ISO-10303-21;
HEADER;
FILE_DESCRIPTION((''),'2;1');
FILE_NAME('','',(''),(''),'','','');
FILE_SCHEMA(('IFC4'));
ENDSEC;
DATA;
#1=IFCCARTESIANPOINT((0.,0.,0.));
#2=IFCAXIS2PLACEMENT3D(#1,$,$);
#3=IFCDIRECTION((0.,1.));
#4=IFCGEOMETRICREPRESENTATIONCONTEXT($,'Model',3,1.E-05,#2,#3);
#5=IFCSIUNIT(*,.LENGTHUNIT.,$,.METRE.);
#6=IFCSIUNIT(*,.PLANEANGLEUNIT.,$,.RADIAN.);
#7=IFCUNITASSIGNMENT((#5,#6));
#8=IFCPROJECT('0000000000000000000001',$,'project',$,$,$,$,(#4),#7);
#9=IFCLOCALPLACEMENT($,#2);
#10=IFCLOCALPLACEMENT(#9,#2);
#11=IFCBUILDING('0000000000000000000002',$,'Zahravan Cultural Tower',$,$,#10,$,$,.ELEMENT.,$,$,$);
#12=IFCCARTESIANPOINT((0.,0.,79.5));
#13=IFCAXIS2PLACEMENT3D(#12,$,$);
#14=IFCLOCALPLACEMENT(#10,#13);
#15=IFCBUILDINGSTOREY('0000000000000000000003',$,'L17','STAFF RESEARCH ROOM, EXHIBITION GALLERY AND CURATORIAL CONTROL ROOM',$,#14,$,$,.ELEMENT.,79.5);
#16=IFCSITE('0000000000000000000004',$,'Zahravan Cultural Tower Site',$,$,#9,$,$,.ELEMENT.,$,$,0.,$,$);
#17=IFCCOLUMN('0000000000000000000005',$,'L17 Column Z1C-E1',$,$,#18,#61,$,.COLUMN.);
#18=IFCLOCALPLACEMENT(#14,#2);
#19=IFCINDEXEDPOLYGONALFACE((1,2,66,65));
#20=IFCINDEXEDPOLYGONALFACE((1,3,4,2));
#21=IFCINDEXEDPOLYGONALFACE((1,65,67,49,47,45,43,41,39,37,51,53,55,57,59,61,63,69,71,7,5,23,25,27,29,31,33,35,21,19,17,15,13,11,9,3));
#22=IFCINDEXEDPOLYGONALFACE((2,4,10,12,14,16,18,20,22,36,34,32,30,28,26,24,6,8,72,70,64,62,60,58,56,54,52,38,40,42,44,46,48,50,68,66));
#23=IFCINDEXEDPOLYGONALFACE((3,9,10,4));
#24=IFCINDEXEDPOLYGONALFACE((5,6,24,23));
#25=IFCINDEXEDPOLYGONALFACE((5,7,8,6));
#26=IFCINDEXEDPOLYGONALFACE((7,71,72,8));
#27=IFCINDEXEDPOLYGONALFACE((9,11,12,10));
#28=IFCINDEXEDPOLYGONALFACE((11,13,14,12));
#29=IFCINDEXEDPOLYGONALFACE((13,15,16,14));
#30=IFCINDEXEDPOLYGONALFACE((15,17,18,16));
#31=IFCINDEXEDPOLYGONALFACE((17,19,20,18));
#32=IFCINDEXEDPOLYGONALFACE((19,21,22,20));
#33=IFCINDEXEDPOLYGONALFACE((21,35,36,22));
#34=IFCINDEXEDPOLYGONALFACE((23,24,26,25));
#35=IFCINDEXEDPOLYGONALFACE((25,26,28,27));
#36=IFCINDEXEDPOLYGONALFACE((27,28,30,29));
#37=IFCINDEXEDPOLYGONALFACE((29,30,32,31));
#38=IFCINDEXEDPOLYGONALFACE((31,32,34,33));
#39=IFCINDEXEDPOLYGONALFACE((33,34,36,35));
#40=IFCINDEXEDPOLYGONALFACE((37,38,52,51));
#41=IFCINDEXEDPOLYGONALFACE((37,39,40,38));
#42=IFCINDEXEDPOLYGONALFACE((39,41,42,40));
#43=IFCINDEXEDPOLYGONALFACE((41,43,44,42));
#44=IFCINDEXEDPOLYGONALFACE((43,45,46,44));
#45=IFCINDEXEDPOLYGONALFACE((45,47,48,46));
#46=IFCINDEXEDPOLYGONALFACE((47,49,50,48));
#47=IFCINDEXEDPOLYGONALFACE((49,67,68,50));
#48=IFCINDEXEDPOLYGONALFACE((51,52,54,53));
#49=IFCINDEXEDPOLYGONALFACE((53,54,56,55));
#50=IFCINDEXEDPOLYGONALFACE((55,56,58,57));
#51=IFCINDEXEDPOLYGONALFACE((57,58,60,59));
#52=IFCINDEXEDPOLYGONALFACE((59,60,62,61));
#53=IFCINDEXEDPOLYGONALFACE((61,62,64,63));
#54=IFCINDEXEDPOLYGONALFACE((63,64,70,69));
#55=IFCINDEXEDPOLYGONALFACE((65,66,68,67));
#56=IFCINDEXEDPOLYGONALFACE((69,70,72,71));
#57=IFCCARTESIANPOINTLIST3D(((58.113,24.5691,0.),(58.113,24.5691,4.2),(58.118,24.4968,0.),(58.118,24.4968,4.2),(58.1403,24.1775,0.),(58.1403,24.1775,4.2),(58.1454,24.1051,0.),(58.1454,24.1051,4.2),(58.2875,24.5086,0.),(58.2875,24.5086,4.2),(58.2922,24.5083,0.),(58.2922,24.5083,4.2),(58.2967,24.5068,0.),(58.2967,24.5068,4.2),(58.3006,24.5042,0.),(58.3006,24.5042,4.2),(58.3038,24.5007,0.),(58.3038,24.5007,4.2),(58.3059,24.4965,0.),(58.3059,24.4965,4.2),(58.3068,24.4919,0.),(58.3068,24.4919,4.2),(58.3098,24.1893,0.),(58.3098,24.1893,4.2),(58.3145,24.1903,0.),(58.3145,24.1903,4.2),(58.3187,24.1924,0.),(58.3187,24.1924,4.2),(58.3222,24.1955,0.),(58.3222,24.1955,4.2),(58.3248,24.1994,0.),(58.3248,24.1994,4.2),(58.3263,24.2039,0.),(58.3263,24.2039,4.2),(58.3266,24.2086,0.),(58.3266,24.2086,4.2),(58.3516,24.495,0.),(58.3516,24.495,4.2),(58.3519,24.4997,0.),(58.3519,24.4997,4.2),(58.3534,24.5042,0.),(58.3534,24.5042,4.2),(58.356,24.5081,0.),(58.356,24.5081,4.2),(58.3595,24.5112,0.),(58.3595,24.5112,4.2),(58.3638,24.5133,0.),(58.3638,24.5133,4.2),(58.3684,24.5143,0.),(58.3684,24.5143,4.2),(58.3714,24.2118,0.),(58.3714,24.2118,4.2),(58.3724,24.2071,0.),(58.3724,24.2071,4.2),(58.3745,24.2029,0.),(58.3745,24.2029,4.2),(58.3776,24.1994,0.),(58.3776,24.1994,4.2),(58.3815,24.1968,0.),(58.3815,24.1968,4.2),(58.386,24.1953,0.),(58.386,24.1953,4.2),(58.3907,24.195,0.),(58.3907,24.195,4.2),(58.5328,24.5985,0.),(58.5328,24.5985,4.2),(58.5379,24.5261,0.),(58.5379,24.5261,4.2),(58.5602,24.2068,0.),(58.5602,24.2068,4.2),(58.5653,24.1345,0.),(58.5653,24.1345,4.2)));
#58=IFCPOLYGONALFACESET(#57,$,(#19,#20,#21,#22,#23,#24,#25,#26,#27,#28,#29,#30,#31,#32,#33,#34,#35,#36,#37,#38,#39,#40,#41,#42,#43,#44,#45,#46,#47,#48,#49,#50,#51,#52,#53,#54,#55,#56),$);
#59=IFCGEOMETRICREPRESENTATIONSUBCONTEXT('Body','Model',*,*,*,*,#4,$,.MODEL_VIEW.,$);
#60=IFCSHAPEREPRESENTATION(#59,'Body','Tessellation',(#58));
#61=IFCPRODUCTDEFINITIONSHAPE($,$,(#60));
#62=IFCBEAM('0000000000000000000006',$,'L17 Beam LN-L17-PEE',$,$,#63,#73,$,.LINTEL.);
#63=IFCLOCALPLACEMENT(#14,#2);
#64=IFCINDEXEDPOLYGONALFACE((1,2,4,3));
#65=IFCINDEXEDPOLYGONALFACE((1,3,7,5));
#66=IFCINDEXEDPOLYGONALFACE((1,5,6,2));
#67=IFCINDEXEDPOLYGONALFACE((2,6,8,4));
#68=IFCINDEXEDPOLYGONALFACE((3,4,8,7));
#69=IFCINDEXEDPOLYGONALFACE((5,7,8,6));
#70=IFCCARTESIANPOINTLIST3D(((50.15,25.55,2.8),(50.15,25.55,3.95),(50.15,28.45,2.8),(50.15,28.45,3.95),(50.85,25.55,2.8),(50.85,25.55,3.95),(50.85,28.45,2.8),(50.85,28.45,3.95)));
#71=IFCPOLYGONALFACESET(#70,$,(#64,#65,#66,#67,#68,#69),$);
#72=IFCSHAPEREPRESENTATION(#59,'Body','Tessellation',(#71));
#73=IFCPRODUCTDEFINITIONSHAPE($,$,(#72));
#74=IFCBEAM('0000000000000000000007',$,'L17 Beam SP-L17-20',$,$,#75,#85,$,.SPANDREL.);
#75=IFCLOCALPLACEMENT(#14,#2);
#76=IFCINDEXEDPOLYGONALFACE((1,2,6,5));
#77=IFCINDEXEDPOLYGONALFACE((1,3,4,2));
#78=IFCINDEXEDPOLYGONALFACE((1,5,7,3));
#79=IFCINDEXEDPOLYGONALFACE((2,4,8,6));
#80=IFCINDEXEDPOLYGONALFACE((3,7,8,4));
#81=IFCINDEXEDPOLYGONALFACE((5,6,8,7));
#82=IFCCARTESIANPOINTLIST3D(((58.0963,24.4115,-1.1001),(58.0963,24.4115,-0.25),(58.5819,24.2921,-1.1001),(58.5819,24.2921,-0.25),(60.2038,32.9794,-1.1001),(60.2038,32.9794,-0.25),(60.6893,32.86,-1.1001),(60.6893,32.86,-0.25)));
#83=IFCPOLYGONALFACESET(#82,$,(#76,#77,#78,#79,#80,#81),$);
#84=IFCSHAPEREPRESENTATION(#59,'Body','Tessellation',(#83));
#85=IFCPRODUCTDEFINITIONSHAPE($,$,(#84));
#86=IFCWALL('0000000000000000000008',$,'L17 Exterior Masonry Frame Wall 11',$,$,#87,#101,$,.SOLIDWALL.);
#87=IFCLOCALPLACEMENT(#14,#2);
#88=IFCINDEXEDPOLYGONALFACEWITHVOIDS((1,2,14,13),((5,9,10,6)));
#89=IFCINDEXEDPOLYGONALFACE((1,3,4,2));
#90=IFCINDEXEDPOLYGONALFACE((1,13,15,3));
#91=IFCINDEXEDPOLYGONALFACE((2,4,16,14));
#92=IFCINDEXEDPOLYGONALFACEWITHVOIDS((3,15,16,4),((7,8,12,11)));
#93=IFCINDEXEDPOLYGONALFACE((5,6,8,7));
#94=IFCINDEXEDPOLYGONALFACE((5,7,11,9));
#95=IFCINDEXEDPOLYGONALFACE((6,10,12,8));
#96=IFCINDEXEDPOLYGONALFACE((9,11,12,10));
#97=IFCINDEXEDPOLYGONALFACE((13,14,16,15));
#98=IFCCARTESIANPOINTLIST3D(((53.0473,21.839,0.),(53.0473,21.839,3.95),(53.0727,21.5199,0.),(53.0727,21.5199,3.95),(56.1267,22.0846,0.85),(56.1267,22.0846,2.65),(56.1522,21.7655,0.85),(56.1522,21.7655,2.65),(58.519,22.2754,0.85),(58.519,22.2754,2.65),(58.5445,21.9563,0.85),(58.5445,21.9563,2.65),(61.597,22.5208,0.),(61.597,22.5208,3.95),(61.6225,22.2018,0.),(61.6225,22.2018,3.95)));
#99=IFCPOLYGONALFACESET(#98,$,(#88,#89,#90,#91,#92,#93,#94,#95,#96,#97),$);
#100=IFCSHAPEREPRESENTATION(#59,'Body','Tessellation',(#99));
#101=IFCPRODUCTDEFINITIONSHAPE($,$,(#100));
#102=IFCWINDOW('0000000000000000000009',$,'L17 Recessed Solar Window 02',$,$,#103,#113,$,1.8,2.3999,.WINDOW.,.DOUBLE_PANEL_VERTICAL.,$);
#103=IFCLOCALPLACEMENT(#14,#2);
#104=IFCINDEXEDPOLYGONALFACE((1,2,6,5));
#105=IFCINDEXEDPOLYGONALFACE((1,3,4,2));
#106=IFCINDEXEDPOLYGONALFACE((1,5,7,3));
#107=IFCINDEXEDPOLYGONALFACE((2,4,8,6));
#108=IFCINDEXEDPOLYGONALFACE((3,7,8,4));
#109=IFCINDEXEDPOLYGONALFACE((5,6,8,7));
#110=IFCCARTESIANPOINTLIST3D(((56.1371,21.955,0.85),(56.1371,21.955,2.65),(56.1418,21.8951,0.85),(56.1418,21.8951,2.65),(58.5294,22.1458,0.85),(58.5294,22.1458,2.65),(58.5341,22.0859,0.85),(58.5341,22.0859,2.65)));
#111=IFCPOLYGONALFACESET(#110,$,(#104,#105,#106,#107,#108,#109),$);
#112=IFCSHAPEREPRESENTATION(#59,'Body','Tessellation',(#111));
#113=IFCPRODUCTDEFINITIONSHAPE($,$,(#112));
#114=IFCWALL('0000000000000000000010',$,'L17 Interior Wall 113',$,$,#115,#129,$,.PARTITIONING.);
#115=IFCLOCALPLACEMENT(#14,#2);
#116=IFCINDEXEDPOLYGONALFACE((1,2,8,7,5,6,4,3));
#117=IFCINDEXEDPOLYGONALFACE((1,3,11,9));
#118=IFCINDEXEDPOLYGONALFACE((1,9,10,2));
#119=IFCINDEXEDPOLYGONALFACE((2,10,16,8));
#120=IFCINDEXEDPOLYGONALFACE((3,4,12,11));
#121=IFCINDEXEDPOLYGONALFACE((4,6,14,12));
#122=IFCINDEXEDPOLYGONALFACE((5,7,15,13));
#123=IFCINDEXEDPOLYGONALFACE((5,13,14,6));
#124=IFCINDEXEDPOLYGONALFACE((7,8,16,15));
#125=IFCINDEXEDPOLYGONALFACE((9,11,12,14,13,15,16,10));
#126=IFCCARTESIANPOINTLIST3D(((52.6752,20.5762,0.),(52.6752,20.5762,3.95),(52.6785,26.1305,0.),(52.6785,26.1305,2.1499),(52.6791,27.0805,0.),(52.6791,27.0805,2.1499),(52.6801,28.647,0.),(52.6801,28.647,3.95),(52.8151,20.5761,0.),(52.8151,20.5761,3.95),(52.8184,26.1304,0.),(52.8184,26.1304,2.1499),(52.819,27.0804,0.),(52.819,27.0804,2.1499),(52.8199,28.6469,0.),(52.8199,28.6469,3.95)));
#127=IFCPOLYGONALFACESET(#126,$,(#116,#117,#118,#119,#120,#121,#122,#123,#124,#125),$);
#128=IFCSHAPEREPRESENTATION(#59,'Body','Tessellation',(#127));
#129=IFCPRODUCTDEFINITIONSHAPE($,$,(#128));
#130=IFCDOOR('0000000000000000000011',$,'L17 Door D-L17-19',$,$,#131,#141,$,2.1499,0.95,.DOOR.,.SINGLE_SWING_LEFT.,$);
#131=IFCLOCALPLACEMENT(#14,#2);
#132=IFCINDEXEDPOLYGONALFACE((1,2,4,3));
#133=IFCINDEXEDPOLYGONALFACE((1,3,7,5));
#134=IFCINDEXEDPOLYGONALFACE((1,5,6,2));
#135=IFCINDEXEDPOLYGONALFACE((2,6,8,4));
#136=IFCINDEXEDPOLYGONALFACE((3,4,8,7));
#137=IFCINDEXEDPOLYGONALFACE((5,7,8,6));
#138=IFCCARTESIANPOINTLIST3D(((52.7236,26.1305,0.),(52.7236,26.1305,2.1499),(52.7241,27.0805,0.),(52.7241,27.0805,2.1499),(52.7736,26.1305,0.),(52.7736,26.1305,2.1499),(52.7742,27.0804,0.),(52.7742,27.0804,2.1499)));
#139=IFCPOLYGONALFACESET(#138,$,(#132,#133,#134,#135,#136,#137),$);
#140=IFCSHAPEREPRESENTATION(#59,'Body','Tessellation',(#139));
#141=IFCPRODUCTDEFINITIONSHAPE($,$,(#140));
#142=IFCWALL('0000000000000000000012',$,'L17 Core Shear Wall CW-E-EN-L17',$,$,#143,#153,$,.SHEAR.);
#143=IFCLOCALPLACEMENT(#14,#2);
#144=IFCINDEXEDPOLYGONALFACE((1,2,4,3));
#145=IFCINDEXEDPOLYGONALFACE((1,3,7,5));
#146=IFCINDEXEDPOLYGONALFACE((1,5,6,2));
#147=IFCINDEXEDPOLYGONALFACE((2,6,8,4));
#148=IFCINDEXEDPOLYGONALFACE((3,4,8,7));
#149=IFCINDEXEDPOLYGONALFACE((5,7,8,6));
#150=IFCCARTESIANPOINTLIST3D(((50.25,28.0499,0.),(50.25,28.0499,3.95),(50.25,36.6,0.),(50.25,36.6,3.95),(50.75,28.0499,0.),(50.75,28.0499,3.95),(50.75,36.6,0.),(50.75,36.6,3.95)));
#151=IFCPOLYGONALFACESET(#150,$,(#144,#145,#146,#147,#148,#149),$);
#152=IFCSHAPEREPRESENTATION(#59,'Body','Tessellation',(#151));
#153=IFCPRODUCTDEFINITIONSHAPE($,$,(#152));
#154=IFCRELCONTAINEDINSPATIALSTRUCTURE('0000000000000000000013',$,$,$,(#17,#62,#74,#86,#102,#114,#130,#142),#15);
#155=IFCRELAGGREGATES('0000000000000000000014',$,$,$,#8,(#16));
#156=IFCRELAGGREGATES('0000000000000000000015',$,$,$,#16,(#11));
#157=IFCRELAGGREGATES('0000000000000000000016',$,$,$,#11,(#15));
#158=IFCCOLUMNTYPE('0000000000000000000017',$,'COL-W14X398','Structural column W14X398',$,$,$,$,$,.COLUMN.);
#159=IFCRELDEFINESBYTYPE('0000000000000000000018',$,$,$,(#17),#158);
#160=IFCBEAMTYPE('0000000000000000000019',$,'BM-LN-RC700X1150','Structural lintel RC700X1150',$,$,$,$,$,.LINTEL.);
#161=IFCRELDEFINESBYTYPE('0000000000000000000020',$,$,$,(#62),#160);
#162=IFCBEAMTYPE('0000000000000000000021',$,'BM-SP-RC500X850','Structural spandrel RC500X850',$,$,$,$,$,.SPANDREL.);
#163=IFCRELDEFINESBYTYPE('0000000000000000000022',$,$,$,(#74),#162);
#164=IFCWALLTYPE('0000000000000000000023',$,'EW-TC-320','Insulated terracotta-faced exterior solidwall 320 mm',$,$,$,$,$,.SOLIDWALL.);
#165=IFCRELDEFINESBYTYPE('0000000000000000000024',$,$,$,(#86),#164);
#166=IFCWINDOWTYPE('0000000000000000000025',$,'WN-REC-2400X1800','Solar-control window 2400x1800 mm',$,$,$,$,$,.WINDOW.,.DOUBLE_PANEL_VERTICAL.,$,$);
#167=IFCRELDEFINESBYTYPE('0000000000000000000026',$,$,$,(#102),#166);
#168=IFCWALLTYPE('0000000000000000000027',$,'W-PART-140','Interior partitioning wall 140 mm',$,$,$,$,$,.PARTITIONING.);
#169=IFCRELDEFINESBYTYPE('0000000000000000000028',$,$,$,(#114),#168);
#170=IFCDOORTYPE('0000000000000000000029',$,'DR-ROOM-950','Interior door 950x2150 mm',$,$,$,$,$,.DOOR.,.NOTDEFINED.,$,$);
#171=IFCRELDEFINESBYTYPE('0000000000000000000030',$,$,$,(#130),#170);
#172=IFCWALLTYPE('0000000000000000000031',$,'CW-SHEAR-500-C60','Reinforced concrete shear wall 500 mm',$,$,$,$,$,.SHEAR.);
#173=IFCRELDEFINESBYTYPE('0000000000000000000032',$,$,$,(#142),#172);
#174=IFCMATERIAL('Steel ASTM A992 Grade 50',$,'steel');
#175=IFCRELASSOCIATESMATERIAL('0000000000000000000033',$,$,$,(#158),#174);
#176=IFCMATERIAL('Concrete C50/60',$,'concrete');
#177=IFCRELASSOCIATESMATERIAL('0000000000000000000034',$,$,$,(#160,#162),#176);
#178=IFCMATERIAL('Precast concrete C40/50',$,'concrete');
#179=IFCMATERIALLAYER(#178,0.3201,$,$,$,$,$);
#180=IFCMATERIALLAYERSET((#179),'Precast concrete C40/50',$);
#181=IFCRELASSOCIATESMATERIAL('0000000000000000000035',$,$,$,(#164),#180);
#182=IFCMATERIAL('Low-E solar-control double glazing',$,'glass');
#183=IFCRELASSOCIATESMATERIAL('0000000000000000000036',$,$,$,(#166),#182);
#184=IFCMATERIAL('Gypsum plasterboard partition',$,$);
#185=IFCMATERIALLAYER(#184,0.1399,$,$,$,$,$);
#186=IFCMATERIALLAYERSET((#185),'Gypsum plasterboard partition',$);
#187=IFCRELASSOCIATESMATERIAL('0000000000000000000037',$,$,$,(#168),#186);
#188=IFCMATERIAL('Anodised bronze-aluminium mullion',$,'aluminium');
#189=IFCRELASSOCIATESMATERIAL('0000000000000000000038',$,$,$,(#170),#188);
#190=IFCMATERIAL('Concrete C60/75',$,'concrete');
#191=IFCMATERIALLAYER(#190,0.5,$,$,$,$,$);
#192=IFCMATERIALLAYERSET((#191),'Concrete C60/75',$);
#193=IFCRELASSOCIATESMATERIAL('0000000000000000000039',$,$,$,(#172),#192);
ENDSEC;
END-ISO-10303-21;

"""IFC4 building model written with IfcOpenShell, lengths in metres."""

from ifc_helpers import new_model, si_unit, direction, frame, frame_2d, origin, origin_2d, place, context, subcontext, project, spatial, rectangle, i_section, extrude, source, transform, mapped, material, layer, layer_set, material_profile, profile_set, type_object, element, fill, save


model = new_model("IFC4")

# Units and contexts
model_context = context("Model", 3, precision=1e-05, world=origin(), true_north=direction((0.0, 1.0)))
body_context = subcontext(model_context, "Body", "Model", "MODEL_VIEW")
ifc_project = project(units=[si_unit("LENGTHUNIT", "METRE"), si_unit("PLANEANGLEUNIT", "RADIAN")], contexts=[model_context])

# Site, building, storey
site_placement = place(None, origin())
site = spatial("IfcSite", under=ifc_project, at=site_placement, Name="Zahravan Cultural Tower Site", CompositionType="ELEMENT", RefElevation=0.0)
building_placement = place(site_placement, origin())
building = spatial("IfcBuilding", under=site, at=building_placement, Name="Zahravan Cultural Tower", CompositionType="ELEMENT")
storey_placement = place(building_placement, frame((0.0, 0.0, 79.5)))
storey = spatial("IfcBuildingStorey", under=building, at=storey_placement, Name="L17", Description="STAFF RESEARCH ROOM, EXHIBITION GALLERY AND CURATORIAL CONTROL ROOM", CompositionType="ELEMENT", Elevation=79.5)

# Column
ifc_material_1 = material(Name="Steel ASTM A992 Grade 50", Category="steel")
ifc_material_profile_1 = material_profile(ifc_material_1, i_section(OverallWidth=0.4209, OverallDepth=0.4651, WebThickness=0.0449, FlangeThickness=0.0725, FilletRadius=0.0181, at=origin_2d()), Name="W14X398")
ifc_profile_set_1 = profile_set([ifc_material_profile_1], Name="Steel ASTM A992 Grade 50")
column_type = type_object("IfcColumnType", Name="COL-W14X398", Description="Structural column W14X398", PredefinedType="COLUMN", material=ifc_profile_set_1)
shared_shape_1 = source(origin(), body_context, "Body", "SweptSolid", [
    extrude(i_section(OverallWidth=0.4209, OverallDepth=0.4651, WebThickness=0.0449, FlangeThickness=0.0725, FilletRadius=0.0181, at=origin_2d()), origin(), (0.0, 0.0, 1.0), 4.2),
])
column_placement = place(storey_placement, frame((58.3391, 24.3518, 0.0), z_axis=(0.0, 0.0, 1.0), x_axis=(0.997564, 0.069756, 0.0)))
element("IfcColumn", 1, at=column_placement, inside=storey, type_object=column_type, Name="L17 Column Z1C-E1", PredefinedType="COLUMN", context=body_context, shape_type="MappedRepresentation", body=[
    mapped(shared_shape_1, transform((0.0, 0.0, 0.0), x_axis=(1.0, 0.0, 0.0), y_axis=(0.0, 1.0, 0.0), z_axis=(0.0, 0.0, 1.0), scale=1.0)),
])

# Beams
ifc_material_2 = material(Name="Concrete C50/60", Category="concrete")
ifc_material_profile_2 = material_profile(ifc_material_2, rectangle(XDim=0.7, YDim=1.1499, at=origin_2d()), Name="RC700X1150")
ifc_profile_set_2 = profile_set([ifc_material_profile_2], Name="Concrete C50/60")
beam_type_1 = type_object("IfcBeamType", Name="BM-LN-RC700X1150", Description="Structural lintel RC700X1150", PredefinedType="LINTEL", material=ifc_profile_set_2)
shared_shape_2 = source(origin(), body_context, "Body", "SweptSolid", [
    extrude(rectangle(XDim=0.7, YDim=1.1499, at=origin_2d()), origin(), (0.0, 0.0, 1.0), 2.8999),
])
beam_1_placement = place(storey_placement, frame((50.5, 25.55, 3.375), z_axis=(0.0, 1.0, 0.0), x_axis=(-1.0, 0.0, 0.0)))
element("IfcBeam", 2, at=beam_1_placement, inside=storey, type_object=beam_type_1, Name="L17 Beam LN-L17-PEE", PredefinedType="LINTEL", context=body_context, shape_type="MappedRepresentation", body=[
    mapped(shared_shape_2, transform((0.0, 0.0, 0.0), x_axis=(1.0, 0.0, 0.0), y_axis=(0.0, 1.0, 0.0), z_axis=(0.0, 0.0, 1.0), scale=1.0)),
])
ifc_material_profile_3 = material_profile(ifc_material_2, rectangle(XDim=0.5, YDim=0.8501, at=origin_2d()), Name="RC500X850")
ifc_profile_set_3 = profile_set([ifc_material_profile_3], Name="Concrete C50/60")
beam_type_2 = type_object("IfcBeamType", Name="BM-SP-RC500X850", Description="Structural spandrel RC500X850", PredefinedType="SPANDREL", material=ifc_profile_set_3)
shared_shape_3 = source(origin(), body_context, "Body", "SweptSolid", [
    extrude(rectangle(XDim=0.5, YDim=0.8501, at=origin_2d()), origin(), (0.0, 0.0, 1.0), 8.8232),
])
beam_2_placement = place(storey_placement, frame((58.3391, 24.3518, -0.675), z_axis=(0.238849, 0.971057, 0.0), x_axis=(-0.971057, 0.238849, 0.0)))
element("IfcBeam", 3, at=beam_2_placement, inside=storey, type_object=beam_type_2, Name="L17 Beam SP-L17-20", PredefinedType="SPANDREL", context=body_context, shape_type="MappedRepresentation", body=[
    mapped(shared_shape_3, transform((0.0, 0.0, 0.0), x_axis=(1.0, 0.0, 0.0), y_axis=(0.0, 1.0, 0.0), z_axis=(0.0, 0.0, 1.0), scale=1.0)),
])

# Wall, opening, window
ifc_material_3 = material(Name="Precast concrete C40/50", Category="concrete")
ifc_layer_1 = layer(ifc_material_3, 0.3201)
ifc_layer_set_1 = layer_set([ifc_layer_1], Name="Precast concrete C40/50")
wall_type_1 = type_object("IfcWallType", Name="EW-TC-320", Description="Insulated terracotta-faced exterior solidwall 320 mm", PredefinedType="SOLIDWALL", material=ifc_layer_set_1)
wall_1_placement = place(storey_placement, frame((61.6099, 22.3613, 0.0), z_axis=(0.0, 0.0, 1.0), x_axis=(-0.996835, -0.079502, 0.0)))
wall_1 = element("IfcWall", 4, at=wall_1_placement, inside=storey, type_object=wall_type_1, Name="L17 Exterior Masonry Frame Wall 11", PredefinedType="SOLIDWALL", context=body_context, shape_type="SweptSolid", body=[
    extrude(rectangle(XDim=8.5769, YDim=0.3201, at=frame_2d((4.2886, 0.0))), origin(), (0.0, 0.0, 1.0), 3.95),
])
opening_1_placement = place(wall_1_placement, frame((3.0879, 0.0, 0.8501)))
opening_1 = element("IfcOpeningElement", 5, at=opening_1_placement, cuts=wall_1, PredefinedType="OPENING", context=body_context, shape_type="SweptSolid", body=[
    extrude(rectangle(XDim=2.3999, YDim=1.8, at=frame_2d((1.2, 0.8999))), frame((0.0, 0.1699, 0.0), z_axis=(0.0, -1.0, 0.0), x_axis=(1.0, 0.0, 0.0)), (0.0, 0.0, 1.0), 0.3401),
])
ifc_material_4 = material(Name="Low-E solar-control double glazing", Category="glass")
window_type = type_object("IfcWindowType", Name="WN-REC-2400X1800", Description="Solar-control window 2400x1800 mm", PartitioningType="DOUBLE_PANEL_VERTICAL", PredefinedType="WINDOW", material=ifc_material_4)
shared_shape_4 = source(origin(), body_context, "Body", "SweptSolid", [
    extrude(rectangle(XDim=2.3999, YDim=1.8, at=frame_2d((1.2, 0.8999))), frame((0.0, 0.03, 0.0), z_axis=(0.0, -1.0, 0.0), x_axis=(1.0, 0.0, 0.0)), (0.0, 0.0, 1.0), 0.0601),
])
window_placement = place(opening_1_placement, origin())
window = element("IfcWindow", 6, at=window_placement, inside=storey, type_object=window_type, Name="L17 Recessed Solar Window 02", OverallHeight=1.8, OverallWidth=2.3999, PartitioningType="DOUBLE_PANEL_VERTICAL", PredefinedType="WINDOW", context=body_context, shape_type="MappedRepresentation", body=[
    mapped(shared_shape_4, transform((0.0, 0.0, 0.0), x_axis=(1.0, 0.0, 0.0), y_axis=(0.0, 1.0, 0.0), z_axis=(0.0, 0.0, 1.0), scale=1.0)),
])
fill(opening_1, window)

# Wall, opening, door
ifc_material_5 = material(Name="Gypsum plasterboard partition")
ifc_layer_2 = layer(ifc_material_5, 0.1399)
ifc_layer_set_2 = layer_set([ifc_layer_2], Name="Gypsum plasterboard partition")
wall_type_2 = type_object("IfcWallType", Name="W-PART-140", Description="Interior partitioning wall 140 mm", PredefinedType="PARTITIONING", material=ifc_layer_set_2)
wall_2_placement = place(storey_placement, frame((52.7451, 20.5762, 0.0), z_axis=(0.0, 0.0, 1.0), x_axis=(0.000605, 1.0, 0.0)))
wall_2 = element("IfcWall", 7, at=wall_2_placement, inside=storey, type_object=wall_type_2, Name="L17 Interior Wall 113", PredefinedType="PARTITIONING", context=body_context, shape_type="SweptSolid", body=[
    extrude(rectangle(XDim=8.0708, YDim=0.1399, at=frame_2d((4.0354, 0.0))), origin(), (0.0, 0.0, 1.0), 3.95),
])
opening_2_placement = place(wall_2_placement, frame((5.5542, 0.0, 0.0)))
opening_2 = element("IfcOpeningElement", 8, at=opening_2_placement, cuts=wall_2, PredefinedType="OPENING", context=body_context, shape_type="SweptSolid", body=[
    extrude(rectangle(XDim=0.95, YDim=2.1499, at=frame_2d((0.4751, 1.075))), frame((0.0, 0.0798, 0.0), z_axis=(0.0, -1.0, 0.0), x_axis=(1.0, 0.0, 0.0)), (0.0, 0.0, 1.0), 0.1599),
])
ifc_material_6 = material(Name="Anodised bronze-aluminium mullion", Category="aluminium")
door_type = type_object("IfcDoorType", Name="DR-ROOM-950", Description="Interior door 950x2150 mm", OperationType="NOTDEFINED", PredefinedType="DOOR", material=ifc_material_6)
shared_shape_5 = source(origin(), body_context, "Body", "SweptSolid", [
    extrude(rectangle(XDim=0.95, YDim=2.1499, at=frame_2d((0.4751, 1.075))), frame((0.0, 0.0249, 0.0), z_axis=(0.0, -1.0, 0.0), x_axis=(1.0, 0.0, 0.0)), (0.0, 0.0, 1.0), 0.05),
])
door_placement = place(opening_2_placement, origin())
door = element("IfcDoor", 9, at=door_placement, inside=storey, type_object=door_type, Name="L17 Door D-L17-19", OperationType="SINGLE_SWING_LEFT", OverallHeight=2.1499, OverallWidth=0.95, PredefinedType="DOOR", context=body_context, shape_type="MappedRepresentation", body=[
    mapped(shared_shape_5, transform((0.0, 0.0, 0.0), x_axis=(1.0, 0.0, 0.0), y_axis=(0.0, 1.0, 0.0), z_axis=(0.0, 0.0, 1.0), scale=1.0)),
])
fill(opening_2, door)

# Wall
ifc_material_7 = material(Name="Concrete C60/75", Category="concrete")
ifc_layer_3 = layer(ifc_material_7, 0.5)
ifc_layer_set_3 = layer_set([ifc_layer_3], Name="Concrete C60/75")
wall_type_3 = type_object("IfcWallType", Name="CW-SHEAR-500-C60", Description="Reinforced concrete shear wall 500 mm", PredefinedType="SHEAR", material=ifc_layer_set_3)
shared_shape_6 = source(origin(), body_context, "Body", "SweptSolid", [
    extrude(rectangle(XDim=8.55, YDim=0.5, at=frame_2d((4.2749, 0.0))), origin(), (0.0, 0.0, 1.0), 3.95),
])
wall_3_placement = place(storey_placement, frame((50.5, 28.05, 0.0), z_axis=(0.0, 0.0, 1.0), x_axis=(0.0, 1.0, 0.0)))
element("IfcWall", 10, at=wall_3_placement, inside=storey, type_object=wall_type_3, Name="L17 Core Shear Wall CW-E-EN-L17", PredefinedType="SHEAR", context=body_context, shape_type="MappedRepresentation", body=[
    mapped(shared_shape_6, transform((0.0, 0.0, 0.0), x_axis=(1.0, 0.0, 0.0), y_axis=(0.0, 1.0, 0.0), z_axis=(0.0, 0.0, 1.0), scale=1.0)),
])

save(model, "model.ifc")
